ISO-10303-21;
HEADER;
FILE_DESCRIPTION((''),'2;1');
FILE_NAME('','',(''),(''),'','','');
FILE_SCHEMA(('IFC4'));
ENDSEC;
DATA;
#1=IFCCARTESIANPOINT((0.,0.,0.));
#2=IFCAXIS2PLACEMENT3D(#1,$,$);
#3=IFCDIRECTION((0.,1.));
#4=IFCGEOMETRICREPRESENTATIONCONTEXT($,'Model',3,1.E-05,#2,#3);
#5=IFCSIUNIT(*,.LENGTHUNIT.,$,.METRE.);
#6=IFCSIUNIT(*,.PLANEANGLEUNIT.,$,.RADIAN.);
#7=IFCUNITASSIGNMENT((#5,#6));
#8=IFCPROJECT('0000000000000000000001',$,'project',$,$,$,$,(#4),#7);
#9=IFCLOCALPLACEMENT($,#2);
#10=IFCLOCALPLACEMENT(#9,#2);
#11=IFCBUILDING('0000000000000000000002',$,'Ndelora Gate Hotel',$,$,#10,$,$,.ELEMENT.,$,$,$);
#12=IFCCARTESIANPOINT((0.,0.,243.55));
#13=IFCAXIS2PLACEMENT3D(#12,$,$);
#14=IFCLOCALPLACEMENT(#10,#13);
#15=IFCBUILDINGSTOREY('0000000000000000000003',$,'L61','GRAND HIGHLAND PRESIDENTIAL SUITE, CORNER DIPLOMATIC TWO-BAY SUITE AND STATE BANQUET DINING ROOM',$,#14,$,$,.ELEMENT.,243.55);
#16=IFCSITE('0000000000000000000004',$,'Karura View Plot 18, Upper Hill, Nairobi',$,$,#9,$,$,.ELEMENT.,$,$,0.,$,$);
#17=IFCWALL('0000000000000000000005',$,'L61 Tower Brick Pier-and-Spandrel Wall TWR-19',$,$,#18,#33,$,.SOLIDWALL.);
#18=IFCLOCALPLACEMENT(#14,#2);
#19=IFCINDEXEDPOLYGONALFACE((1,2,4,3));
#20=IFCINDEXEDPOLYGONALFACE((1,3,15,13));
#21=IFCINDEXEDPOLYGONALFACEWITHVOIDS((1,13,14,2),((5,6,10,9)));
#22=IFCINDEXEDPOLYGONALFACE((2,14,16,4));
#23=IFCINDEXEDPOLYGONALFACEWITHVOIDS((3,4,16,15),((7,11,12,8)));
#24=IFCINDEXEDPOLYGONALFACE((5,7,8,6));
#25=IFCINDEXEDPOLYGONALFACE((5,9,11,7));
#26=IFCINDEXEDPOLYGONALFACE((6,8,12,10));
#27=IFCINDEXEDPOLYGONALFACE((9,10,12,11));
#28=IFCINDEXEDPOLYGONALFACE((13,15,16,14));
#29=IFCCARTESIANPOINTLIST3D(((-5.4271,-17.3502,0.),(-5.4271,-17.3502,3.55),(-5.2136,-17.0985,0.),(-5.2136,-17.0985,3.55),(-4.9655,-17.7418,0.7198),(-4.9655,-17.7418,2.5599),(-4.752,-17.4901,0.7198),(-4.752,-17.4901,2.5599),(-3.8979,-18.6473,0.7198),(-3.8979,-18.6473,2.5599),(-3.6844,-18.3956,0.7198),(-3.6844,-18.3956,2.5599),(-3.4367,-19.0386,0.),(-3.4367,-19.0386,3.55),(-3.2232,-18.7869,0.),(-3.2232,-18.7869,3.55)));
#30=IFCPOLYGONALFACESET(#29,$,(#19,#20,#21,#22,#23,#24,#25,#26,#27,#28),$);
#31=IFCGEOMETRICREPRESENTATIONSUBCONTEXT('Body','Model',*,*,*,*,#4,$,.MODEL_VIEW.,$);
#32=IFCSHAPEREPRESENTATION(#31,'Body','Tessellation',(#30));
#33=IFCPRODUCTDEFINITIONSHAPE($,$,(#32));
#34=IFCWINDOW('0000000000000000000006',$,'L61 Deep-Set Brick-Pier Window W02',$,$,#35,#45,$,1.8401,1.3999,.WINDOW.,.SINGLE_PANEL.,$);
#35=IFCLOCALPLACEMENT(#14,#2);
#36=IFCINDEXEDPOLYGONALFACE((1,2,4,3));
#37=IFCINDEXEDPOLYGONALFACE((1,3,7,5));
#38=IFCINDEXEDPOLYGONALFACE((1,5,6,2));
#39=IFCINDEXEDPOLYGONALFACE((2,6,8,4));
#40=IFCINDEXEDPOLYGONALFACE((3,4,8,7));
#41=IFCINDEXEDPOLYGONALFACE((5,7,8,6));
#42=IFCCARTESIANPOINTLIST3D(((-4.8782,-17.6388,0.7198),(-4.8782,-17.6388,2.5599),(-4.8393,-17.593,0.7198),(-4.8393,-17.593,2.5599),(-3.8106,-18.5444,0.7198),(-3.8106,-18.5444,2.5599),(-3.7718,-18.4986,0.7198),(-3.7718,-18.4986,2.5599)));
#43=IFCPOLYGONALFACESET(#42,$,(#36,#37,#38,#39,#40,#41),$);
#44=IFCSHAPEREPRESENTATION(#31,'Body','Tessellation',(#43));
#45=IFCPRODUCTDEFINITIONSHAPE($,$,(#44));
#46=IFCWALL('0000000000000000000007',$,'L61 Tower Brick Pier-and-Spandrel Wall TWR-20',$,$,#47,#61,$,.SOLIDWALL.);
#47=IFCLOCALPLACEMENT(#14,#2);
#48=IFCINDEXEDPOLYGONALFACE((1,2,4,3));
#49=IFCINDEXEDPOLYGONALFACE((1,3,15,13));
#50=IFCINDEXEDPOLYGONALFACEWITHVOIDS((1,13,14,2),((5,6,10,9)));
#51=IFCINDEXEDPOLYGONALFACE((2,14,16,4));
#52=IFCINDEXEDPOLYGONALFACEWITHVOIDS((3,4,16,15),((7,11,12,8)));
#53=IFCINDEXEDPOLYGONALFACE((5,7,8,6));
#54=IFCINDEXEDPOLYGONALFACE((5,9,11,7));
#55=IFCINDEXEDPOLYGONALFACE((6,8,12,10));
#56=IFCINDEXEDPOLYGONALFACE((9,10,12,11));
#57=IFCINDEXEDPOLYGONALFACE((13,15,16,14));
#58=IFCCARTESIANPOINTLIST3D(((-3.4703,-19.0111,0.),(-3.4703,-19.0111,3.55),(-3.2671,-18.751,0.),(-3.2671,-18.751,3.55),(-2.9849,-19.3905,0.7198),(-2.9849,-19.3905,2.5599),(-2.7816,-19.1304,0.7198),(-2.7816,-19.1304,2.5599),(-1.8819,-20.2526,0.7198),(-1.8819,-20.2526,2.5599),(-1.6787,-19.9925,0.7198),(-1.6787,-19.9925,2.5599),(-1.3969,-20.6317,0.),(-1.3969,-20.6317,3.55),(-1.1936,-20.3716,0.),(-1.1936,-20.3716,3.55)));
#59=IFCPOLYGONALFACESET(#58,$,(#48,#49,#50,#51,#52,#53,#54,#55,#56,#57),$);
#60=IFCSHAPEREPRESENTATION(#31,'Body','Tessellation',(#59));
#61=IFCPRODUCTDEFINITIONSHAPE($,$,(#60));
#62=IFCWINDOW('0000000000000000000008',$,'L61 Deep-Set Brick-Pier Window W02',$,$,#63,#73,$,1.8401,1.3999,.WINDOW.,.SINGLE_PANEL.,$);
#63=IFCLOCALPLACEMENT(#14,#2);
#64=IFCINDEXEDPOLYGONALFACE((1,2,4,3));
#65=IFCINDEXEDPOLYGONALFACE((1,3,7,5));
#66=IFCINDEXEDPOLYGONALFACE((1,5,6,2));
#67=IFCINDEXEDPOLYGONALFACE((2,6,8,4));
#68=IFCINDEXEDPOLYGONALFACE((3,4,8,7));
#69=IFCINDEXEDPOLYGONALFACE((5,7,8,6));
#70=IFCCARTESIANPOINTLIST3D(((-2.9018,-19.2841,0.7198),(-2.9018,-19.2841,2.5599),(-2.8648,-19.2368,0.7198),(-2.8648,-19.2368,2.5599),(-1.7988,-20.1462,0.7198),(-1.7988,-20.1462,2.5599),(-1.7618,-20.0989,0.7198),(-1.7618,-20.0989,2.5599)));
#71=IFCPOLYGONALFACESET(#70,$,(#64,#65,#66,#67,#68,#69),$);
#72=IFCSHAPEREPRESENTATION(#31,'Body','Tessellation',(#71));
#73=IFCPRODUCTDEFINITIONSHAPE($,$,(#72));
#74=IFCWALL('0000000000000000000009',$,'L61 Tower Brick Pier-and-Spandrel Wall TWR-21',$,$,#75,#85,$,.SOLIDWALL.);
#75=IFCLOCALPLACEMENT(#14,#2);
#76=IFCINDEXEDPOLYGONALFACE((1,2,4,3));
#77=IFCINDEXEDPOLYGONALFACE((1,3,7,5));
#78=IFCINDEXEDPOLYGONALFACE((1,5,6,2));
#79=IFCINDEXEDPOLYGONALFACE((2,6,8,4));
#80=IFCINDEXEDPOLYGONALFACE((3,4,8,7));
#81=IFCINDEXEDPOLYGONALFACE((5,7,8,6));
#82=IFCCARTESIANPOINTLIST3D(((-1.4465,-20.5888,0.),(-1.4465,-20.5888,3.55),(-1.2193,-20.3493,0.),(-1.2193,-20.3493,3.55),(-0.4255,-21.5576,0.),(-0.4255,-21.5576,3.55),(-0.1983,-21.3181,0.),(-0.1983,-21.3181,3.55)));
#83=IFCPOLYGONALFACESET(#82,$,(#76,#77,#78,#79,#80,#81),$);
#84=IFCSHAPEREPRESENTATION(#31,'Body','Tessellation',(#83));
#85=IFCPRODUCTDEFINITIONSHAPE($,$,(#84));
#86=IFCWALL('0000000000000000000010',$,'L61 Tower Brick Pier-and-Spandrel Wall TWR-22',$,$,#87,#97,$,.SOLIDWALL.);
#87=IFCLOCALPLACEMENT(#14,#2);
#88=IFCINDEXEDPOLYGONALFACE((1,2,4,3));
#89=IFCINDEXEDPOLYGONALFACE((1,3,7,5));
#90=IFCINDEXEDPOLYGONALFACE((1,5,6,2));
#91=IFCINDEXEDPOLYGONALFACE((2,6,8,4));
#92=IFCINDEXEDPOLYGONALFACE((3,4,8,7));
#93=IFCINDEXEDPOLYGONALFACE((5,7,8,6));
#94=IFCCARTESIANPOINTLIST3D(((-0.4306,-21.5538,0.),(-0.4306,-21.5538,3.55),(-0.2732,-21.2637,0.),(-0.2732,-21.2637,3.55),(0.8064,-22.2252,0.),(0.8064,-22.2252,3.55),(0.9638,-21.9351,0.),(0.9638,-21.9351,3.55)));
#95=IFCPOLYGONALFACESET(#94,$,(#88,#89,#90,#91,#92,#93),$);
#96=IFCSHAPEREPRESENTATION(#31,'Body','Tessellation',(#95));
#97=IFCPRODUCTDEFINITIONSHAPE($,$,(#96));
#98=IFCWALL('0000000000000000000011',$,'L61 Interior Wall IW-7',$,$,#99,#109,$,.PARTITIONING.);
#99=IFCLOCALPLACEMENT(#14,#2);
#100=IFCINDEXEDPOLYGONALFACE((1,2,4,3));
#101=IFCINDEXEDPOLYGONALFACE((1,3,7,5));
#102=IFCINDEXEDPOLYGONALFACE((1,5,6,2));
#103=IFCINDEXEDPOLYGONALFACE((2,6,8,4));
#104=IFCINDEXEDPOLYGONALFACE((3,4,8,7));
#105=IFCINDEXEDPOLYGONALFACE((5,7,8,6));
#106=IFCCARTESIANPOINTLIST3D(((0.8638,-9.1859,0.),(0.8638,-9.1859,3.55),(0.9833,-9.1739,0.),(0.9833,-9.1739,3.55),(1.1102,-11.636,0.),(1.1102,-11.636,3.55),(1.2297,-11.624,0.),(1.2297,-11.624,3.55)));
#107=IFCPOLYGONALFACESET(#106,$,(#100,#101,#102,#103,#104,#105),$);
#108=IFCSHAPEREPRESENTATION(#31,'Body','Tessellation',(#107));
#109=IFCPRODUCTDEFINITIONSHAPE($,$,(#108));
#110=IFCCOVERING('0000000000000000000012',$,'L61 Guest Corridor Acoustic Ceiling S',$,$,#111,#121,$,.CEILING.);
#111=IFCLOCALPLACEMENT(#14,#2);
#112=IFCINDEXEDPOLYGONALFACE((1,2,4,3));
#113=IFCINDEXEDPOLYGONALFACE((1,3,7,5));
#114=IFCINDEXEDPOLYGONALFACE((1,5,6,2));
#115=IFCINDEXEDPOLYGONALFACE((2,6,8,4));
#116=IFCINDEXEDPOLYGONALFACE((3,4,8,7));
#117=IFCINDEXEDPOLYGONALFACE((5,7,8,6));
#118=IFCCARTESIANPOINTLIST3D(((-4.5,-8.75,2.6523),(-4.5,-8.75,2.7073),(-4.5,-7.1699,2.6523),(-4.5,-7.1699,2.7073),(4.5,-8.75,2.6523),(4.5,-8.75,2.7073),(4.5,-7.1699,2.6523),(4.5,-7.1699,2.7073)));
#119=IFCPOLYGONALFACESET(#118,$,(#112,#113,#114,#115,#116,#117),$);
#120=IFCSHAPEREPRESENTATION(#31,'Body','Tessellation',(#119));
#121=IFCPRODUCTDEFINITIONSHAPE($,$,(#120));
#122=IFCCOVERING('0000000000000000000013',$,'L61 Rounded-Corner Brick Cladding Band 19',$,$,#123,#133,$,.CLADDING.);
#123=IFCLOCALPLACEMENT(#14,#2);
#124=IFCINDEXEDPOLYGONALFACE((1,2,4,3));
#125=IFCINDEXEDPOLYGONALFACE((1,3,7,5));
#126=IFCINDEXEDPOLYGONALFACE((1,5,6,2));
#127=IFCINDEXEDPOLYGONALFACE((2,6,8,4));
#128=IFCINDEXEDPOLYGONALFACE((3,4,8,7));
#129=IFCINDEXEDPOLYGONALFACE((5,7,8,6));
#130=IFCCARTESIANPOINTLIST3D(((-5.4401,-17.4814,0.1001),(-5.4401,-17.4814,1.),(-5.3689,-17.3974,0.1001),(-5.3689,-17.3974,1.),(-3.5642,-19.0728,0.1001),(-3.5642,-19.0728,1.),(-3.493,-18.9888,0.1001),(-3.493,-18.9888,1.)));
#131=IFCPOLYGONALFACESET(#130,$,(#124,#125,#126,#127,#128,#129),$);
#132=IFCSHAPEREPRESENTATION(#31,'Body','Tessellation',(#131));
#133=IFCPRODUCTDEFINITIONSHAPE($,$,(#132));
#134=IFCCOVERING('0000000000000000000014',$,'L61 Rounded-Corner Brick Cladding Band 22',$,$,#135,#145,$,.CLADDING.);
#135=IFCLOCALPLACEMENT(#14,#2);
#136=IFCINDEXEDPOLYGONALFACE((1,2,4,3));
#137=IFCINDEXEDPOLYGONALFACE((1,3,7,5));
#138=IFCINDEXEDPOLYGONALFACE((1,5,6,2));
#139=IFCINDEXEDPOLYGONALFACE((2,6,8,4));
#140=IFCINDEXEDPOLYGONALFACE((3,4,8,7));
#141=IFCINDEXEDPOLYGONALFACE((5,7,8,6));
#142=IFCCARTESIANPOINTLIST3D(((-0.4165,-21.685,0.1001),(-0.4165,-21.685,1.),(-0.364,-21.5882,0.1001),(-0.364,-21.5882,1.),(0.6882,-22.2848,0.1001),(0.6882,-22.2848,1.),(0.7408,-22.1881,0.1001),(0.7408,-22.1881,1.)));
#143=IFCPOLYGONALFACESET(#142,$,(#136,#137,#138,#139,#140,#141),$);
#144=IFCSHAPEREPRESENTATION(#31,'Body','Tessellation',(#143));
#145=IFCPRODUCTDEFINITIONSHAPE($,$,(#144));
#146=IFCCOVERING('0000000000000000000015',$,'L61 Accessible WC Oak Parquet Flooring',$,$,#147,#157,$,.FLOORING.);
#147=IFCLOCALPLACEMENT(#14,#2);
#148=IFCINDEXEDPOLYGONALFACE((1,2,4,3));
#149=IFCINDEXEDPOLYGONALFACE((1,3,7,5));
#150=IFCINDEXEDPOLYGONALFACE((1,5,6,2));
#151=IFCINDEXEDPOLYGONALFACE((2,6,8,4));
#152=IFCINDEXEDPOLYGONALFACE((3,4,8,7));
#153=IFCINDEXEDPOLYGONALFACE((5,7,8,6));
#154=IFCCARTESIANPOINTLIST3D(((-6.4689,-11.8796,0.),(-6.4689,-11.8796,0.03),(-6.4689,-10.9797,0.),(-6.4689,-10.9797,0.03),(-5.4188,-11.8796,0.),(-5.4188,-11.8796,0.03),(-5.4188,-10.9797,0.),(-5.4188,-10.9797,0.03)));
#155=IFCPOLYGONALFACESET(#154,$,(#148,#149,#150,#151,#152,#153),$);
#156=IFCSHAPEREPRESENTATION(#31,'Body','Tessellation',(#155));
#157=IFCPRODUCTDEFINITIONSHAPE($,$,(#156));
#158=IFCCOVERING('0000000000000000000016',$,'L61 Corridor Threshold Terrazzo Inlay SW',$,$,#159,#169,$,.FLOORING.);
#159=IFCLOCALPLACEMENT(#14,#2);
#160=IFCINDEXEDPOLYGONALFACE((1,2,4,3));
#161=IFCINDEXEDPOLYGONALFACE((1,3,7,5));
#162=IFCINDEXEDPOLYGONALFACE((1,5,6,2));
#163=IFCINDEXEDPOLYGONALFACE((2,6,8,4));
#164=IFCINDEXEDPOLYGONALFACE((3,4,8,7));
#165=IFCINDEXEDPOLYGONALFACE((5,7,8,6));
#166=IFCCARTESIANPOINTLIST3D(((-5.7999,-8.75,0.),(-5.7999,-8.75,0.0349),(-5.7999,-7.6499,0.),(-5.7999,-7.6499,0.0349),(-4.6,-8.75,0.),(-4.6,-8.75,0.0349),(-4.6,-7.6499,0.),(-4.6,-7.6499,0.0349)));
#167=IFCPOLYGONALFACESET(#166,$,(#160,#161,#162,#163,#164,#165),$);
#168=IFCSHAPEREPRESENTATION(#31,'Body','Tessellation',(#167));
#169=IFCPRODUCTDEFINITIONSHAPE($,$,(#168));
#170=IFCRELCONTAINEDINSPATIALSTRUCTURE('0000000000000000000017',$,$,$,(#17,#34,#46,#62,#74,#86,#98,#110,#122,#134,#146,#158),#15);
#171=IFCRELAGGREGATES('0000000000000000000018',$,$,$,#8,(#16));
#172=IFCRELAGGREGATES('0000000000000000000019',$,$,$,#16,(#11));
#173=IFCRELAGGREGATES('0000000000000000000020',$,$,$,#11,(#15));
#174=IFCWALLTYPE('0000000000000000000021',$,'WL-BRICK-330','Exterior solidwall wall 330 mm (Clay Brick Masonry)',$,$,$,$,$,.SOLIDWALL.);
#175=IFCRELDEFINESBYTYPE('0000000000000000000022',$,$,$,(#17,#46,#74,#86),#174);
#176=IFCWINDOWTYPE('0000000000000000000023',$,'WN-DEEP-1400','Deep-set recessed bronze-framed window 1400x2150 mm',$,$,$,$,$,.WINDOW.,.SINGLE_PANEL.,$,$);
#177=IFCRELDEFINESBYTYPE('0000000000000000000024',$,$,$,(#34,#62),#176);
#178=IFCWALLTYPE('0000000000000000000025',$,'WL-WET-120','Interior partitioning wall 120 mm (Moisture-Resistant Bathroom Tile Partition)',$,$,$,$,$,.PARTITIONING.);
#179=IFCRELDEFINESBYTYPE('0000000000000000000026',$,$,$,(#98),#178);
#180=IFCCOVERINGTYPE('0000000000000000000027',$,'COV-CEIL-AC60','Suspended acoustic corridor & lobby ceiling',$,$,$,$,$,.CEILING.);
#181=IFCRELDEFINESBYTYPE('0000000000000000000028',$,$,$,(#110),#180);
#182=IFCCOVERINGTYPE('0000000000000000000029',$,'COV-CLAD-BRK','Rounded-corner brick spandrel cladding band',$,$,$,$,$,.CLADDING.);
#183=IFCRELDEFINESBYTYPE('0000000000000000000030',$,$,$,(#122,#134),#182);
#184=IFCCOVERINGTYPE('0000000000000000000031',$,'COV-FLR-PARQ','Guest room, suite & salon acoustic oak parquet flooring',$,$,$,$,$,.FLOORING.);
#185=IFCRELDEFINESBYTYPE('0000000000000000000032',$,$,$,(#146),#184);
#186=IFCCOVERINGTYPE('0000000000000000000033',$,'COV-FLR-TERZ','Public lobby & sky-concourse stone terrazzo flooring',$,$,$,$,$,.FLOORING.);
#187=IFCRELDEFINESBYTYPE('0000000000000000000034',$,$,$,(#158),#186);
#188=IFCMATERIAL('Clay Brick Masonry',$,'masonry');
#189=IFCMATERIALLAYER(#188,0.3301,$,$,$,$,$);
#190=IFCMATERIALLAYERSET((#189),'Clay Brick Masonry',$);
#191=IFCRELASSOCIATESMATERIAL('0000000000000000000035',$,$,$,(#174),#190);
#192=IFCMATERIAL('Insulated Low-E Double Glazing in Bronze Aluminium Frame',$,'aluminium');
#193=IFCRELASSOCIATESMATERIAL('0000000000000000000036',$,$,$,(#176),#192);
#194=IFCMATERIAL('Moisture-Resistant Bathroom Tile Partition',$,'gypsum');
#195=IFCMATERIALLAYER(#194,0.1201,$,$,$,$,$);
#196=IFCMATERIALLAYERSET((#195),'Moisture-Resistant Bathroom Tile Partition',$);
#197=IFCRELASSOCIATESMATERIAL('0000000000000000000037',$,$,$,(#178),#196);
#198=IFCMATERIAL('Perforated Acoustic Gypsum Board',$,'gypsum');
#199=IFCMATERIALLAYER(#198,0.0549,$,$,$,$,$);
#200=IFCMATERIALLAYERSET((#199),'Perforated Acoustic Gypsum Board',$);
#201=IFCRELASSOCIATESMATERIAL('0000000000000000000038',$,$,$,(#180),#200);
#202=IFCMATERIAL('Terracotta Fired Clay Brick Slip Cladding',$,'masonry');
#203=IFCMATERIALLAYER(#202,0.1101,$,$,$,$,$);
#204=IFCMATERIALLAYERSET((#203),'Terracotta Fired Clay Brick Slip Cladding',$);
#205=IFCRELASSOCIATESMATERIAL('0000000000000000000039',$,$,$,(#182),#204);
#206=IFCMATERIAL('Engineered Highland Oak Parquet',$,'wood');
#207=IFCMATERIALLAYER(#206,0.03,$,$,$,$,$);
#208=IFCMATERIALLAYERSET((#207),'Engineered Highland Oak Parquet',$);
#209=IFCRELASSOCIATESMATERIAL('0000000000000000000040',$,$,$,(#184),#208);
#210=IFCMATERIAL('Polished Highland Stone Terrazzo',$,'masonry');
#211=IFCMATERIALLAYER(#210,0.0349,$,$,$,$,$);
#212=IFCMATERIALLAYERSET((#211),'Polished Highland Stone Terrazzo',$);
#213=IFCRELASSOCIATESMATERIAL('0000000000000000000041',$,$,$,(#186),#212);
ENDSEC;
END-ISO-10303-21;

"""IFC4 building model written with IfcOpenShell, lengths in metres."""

from ifc_helpers import new_model, si_unit, direction, frame, frame_2d, origin, origin_2d, place, context, subcontext, project, spatial, rectangle, extrude, material, layer, layer_set, type_object, element, fill, save


model = new_model("IFC4")

# Units and contexts
model_context = context("Model", 3, precision=1e-05, world=origin(), true_north=direction((0.0, 1.0)))
body_context = subcontext(model_context, "Body", "Model", "MODEL_VIEW")
ifc_project = project(units=[si_unit("LENGTHUNIT", "METRE"), si_unit("PLANEANGLEUNIT", "RADIAN")], contexts=[model_context])

# Site, building, storey
site_placement = place(None, origin())
site = spatial("IfcSite", under=ifc_project, at=site_placement, Name="Karura View Plot 18, Upper Hill, Nairobi", CompositionType="ELEMENT", RefElevation=0.0)
building_placement = place(site_placement, origin())
building = spatial("IfcBuilding", under=site, at=building_placement, Name="Ndelora Gate Hotel", CompositionType="ELEMENT")
storey_placement = place(building_placement, frame((0.0, 0.0, 243.55)))
storey = spatial("IfcBuildingStorey", under=building, at=storey_placement, Name="L61", Description="GRAND HIGHLAND PRESIDENTIAL SUITE, CORNER DIPLOMATIC TWO-BAY SUITE AND STATE BANQUET DINING ROOM", CompositionType="ELEMENT", Elevation=243.55)

# Shared definitions
ifc_material_1 = material(Name="Clay Brick Masonry", Category="masonry")
ifc_layer_1 = layer(ifc_material_1, 0.3301)
ifc_layer_set_1 = layer_set([ifc_layer_1], Name="Clay Brick Masonry")
wall_type_1 = type_object("IfcWallType", Name="WL-BRICK-330", Description="Exterior solidwall wall 330 mm (Clay Brick Masonry)", PredefinedType="SOLIDWALL", material=ifc_layer_set_1)

# Walls, openings, windows
wall_1_placement = place(storey_placement, frame((-3.3298, -18.9128, 0.0), z_axis=(0.0, 0.0, 1.0), x_axis=(-0.762587, 0.646885, 0.0)))
wall_1 = element("IfcWall", 1, at=wall_1_placement, inside=storey, type_object=wall_type_1, Name="L61 Tower Brick Pier-and-Spandrel Wall TWR-19", PredefinedType="SOLIDWALL", context=body_context, shape_type="SweptSolid", body=[
    extrude(rectangle(XDim=2.6101, YDim=0.3301, at=frame_2d((1.3052, 0.0))), origin(), (0.0, 0.0, 1.0), 3.55),
])
opening_1_placement = place(wall_1_placement, frame((0.605, 0.0, 0.72)))
opening_1 = element("IfcOpeningElement", 2, at=opening_1_placement, cuts=wall_1, PredefinedType="OPENING", context=body_context, shape_type="SweptSolid", body=[
    extrude(rectangle(XDim=1.3999, YDim=1.8401, at=frame_2d((0.7, 0.9199))), frame((0.0, 0.175, 0.0), z_axis=(0.0, -1.0, 0.0), x_axis=(1.0, 0.0, 0.0)), (0.0, 0.0, 1.0), 0.3501),
])
ifc_material_2 = material(Name="Insulated Low-E Double Glazing in Bronze Aluminium Frame", Category="aluminium")
window_type = type_object("IfcWindowType", Name="WN-DEEP-1400", Description="Deep-set recessed bronze-framed window 1400x2150 mm", PartitioningType="SINGLE_PANEL", PredefinedType="WINDOW", material=ifc_material_2)
window_1_placement = place(opening_1_placement, origin())
window_1 = element("IfcWindow", 3, at=window_1_placement, inside=storey, type_object=window_type, Name="L61 Deep-Set Brick-Pier Window W02", OverallHeight=1.8401, OverallWidth=1.3999, PartitioningType="SINGLE_PANEL", PredefinedType="WINDOW", context=body_context, shape_type="SweptSolid", body=[
    extrude(rectangle(XDim=1.3999, YDim=1.8401, at=frame_2d((0.7, 0.9199))), frame((0.0, 0.03, 0.0), z_axis=(0.0, -1.0, 0.0), x_axis=(1.0, 0.0, 0.0)), (0.0, 0.0, 1.0), 0.0601),
])
fill(opening_1, window_1)
wall_2_placement = place(storey_placement, frame((-1.2952, -20.5017, 0.0), z_axis=(0.0, 0.0, 1.0), x_axis=(-0.787896, 0.615808, 0.0)))
wall_2 = element("IfcWall", 4, at=wall_2_placement, inside=storey, type_object=wall_type_1, Name="L61 Tower Brick Pier-and-Spandrel Wall TWR-20", PredefinedType="SOLIDWALL", context=body_context, shape_type="SweptSolid", body=[
    extrude(rectangle(XDim=2.6316, YDim=0.3301, at=frame_2d((1.3159, 0.0))), origin(), (0.0, 0.0, 1.0), 3.55),
])
opening_2_placement = place(wall_2_placement, frame((0.6157, 0.0, 0.72)))
opening_2 = element("IfcOpeningElement", 5, at=opening_2_placement, cuts=wall_2, PredefinedType="OPENING", context=body_context, shape_type="SweptSolid", body=[
    extrude(rectangle(XDim=1.3999, YDim=1.8401, at=frame_2d((0.7, 0.9199))), frame((0.0, 0.175, 0.0), z_axis=(0.0, -1.0, 0.0), x_axis=(1.0, 0.0, 0.0)), (0.0, 0.0, 1.0), 0.3501),
])
window_2_placement = place(opening_2_placement, origin())
window_2 = element("IfcWindow", 6, at=window_2_placement, inside=storey, type_object=window_type, Name="L61 Deep-Set Brick-Pier Window W02", OverallHeight=1.8401, OverallWidth=1.3999, PartitioningType="SINGLE_PANEL", PredefinedType="WINDOW", context=body_context, shape_type="SweptSolid", body=[
    extrude(rectangle(XDim=1.3999, YDim=1.8401, at=frame_2d((0.7, 0.9199))), frame((0.0, 0.03, 0.0), z_axis=(0.0, -1.0, 0.0), x_axis=(1.0, 0.0, 0.0)), (0.0, 0.0, 1.0), 0.0601),
])
fill(opening_2, window_2)

# Walls
for number, where, z_axis, x_axis, name in (
    (7, (-0.312, -21.4377, 0.0), (0.0, 0.0, 1.0), (-0.725424, 0.688303, 0.0), "L61 Tower Brick Pier-and-Spandrel Wall TWR-21"),
    (8, (0.885, -22.0801, 0.0), (0.0, 0.0, 1.0), (-0.878901, 0.477004, 0.0), "L61 Tower Brick Pier-and-Spandrel Wall TWR-22"),
):
    element("IfcWall", number, at=place(storey_placement, frame(where, z_axis=z_axis, x_axis=x_axis)), inside=storey, type_object=wall_type_1, Name=name, PredefinedType="SOLIDWALL", context=body_context, shape_type="SweptSolid", body=[
        extrude(rectangle(XDim=1.4075, YDim=0.3301, at=frame_2d((0.7036, 0.0))), origin(), (0.0, 0.0, 1.0), 3.55),
    ])
ifc_material_3 = material(Name="Moisture-Resistant Bathroom Tile Partition", Category="gypsum")
ifc_layer_2 = layer(ifc_material_3, 0.1201)
ifc_layer_set_2 = layer_set([ifc_layer_2], Name="Moisture-Resistant Bathroom Tile Partition")
wall_type_2 = type_object("IfcWallType", Name="WL-WET-120", Description="Interior partitioning wall 120 mm (Moisture-Resistant Bathroom Tile Partition)", PredefinedType="PARTITIONING", material=ifc_layer_set_2)
wall_3_placement = place(storey_placement, frame((0.9236, -9.1799, 0.0), z_axis=(0.0, 0.0, 1.0), x_axis=(0.100044, -0.994983, 0.0)))
element("IfcWall", 9, at=wall_3_placement, inside=storey, type_object=wall_type_2, Name="L61 Interior Wall IW-7", PredefinedType="PARTITIONING", context=body_context, shape_type="SweptSolid", body=[
    extrude(rectangle(XDim=2.4624, YDim=0.1201, at=frame_2d((1.2312, 0.0))), origin(), (0.0, 0.0, 1.0), 3.55),
])

# Coverings
ifc_material_4 = material(Name="Perforated Acoustic Gypsum Board", Category="gypsum")
ifc_layer_3 = layer(ifc_material_4, 0.0549)
ifc_layer_set_3 = layer_set([ifc_layer_3], Name="Perforated Acoustic Gypsum Board")
covering_type_1 = type_object("IfcCoveringType", Name="COV-CEIL-AC60", Description="Suspended acoustic corridor & lobby ceiling", PredefinedType="CEILING", material=ifc_layer_set_3)
covering_1_placement = place(storey_placement, frame((0.0, -7.96, 2.6523), z_axis=(0.0, 0.0, 1.0), x_axis=(1.0, 0.0, 0.0)))
element("IfcCovering", 10, at=covering_1_placement, inside=storey, type_object=covering_type_1, Name="L61 Guest Corridor Acoustic Ceiling S", PredefinedType="CEILING", context=body_context, shape_type="SweptSolid", body=[
    extrude(rectangle(XDim=9.0, YDim=1.5801, at=origin_2d()), origin(), (0.0, 0.0, 1.0), 0.0549),
])
ifc_material_5 = material(Name="Terracotta Fired Clay Brick Slip Cladding", Category="masonry")
ifc_layer_4 = layer(ifc_material_5, 0.1101)
ifc_layer_set_4 = layer_set([ifc_layer_4], Name="Terracotta Fired Clay Brick Slip Cladding")
covering_type_2 = type_object("IfcCoveringType", Name="COV-CLAD-BRK", Description="Rounded-corner brick spandrel cladding band", PredefinedType="CLADDING", material=ifc_layer_set_4)
covering_2_placement = place(storey_placement, frame((-4.4666, -18.2351, 0.1001), z_axis=(0.0, 0.0, 1.0), x_axis=(-0.762555, 0.646923, 0.0)))
element("IfcCovering", 11, at=covering_2_placement, inside=storey, type_object=covering_type_2, Name="L61 Rounded-Corner Brick Cladding Band 19", PredefinedType="CLADDING", context=body_context, shape_type="SweptSolid", body=[
    extrude(rectangle(XDim=2.46, YDim=0.1101, at=origin_2d()), origin(), (0.0, 0.0, 1.0), 0.8999),
])
covering_3_placement = place(storey_placement, frame((0.1621, -21.9365, 0.1001), z_axis=(0.0, 0.0, 1.0), x_axis=(-0.878817, 0.477159, 0.0)))
element("IfcCovering", 12, at=covering_3_placement, inside=storey, type_object=covering_type_2, Name="L61 Rounded-Corner Brick Cladding Band 22", PredefinedType="CLADDING", context=body_context, shape_type="SweptSolid", body=[
    extrude(rectangle(XDim=1.2571, YDim=0.1101, at=origin_2d()), origin(), (0.0, 0.0, 1.0), 0.8999),
])
ifc_material_6 = material(Name="Engineered Highland Oak Parquet", Category="wood")
ifc_layer_5 = layer(ifc_material_6, 0.03)
ifc_layer_set_5 = layer_set([ifc_layer_5], Name="Engineered Highland Oak Parquet")
covering_type_3 = type_object("IfcCoveringType", Name="COV-FLR-PARQ", Description="Guest room, suite & salon acoustic oak parquet flooring", PredefinedType="FLOORING", material=ifc_layer_set_5)
covering_4_placement = place(storey_placement, frame((-5.9438, -11.4297, 0.0), z_axis=(0.0, 0.0, 1.0), x_axis=(1.0, 0.0, 0.0)))
element("IfcCovering", 13, at=covering_4_placement, inside=storey, type_object=covering_type_3, Name="L61 Accessible WC Oak Parquet Flooring", PredefinedType="FLOORING", context=body_context, shape_type="SweptSolid", body=[
    extrude(rectangle(XDim=1.05, YDim=0.8999, at=origin_2d()), origin(), (0.0, 0.0, 1.0), 0.03),
])
ifc_material_7 = material(Name="Polished Highland Stone Terrazzo", Category="masonry")
ifc_layer_6 = layer(ifc_material_7, 0.0349)
ifc_layer_set_6 = layer_set([ifc_layer_6], Name="Polished Highland Stone Terrazzo")
covering_type_4 = type_object("IfcCoveringType", Name="COV-FLR-TERZ", Description="Public lobby & sky-concourse stone terrazzo flooring", PredefinedType="FLOORING", material=ifc_layer_set_6)
covering_5_placement = place(storey_placement, frame((-5.2, -8.2, 0.0), z_axis=(0.0, 0.0, 1.0), x_axis=(1.0, 0.0, 0.0)))
element("IfcCovering", 14, at=covering_5_placement, inside=storey, type_object=covering_type_4, Name="L61 Corridor Threshold Terrazzo Inlay SW", PredefinedType="FLOORING", context=body_context, shape_type="SweptSolid", body=[
    extrude(rectangle(XDim=1.2, YDim=1.1001, at=origin_2d()), origin(), (0.0, 0.0, 1.0), 0.0349),
])

save(model, "model.ifc")
